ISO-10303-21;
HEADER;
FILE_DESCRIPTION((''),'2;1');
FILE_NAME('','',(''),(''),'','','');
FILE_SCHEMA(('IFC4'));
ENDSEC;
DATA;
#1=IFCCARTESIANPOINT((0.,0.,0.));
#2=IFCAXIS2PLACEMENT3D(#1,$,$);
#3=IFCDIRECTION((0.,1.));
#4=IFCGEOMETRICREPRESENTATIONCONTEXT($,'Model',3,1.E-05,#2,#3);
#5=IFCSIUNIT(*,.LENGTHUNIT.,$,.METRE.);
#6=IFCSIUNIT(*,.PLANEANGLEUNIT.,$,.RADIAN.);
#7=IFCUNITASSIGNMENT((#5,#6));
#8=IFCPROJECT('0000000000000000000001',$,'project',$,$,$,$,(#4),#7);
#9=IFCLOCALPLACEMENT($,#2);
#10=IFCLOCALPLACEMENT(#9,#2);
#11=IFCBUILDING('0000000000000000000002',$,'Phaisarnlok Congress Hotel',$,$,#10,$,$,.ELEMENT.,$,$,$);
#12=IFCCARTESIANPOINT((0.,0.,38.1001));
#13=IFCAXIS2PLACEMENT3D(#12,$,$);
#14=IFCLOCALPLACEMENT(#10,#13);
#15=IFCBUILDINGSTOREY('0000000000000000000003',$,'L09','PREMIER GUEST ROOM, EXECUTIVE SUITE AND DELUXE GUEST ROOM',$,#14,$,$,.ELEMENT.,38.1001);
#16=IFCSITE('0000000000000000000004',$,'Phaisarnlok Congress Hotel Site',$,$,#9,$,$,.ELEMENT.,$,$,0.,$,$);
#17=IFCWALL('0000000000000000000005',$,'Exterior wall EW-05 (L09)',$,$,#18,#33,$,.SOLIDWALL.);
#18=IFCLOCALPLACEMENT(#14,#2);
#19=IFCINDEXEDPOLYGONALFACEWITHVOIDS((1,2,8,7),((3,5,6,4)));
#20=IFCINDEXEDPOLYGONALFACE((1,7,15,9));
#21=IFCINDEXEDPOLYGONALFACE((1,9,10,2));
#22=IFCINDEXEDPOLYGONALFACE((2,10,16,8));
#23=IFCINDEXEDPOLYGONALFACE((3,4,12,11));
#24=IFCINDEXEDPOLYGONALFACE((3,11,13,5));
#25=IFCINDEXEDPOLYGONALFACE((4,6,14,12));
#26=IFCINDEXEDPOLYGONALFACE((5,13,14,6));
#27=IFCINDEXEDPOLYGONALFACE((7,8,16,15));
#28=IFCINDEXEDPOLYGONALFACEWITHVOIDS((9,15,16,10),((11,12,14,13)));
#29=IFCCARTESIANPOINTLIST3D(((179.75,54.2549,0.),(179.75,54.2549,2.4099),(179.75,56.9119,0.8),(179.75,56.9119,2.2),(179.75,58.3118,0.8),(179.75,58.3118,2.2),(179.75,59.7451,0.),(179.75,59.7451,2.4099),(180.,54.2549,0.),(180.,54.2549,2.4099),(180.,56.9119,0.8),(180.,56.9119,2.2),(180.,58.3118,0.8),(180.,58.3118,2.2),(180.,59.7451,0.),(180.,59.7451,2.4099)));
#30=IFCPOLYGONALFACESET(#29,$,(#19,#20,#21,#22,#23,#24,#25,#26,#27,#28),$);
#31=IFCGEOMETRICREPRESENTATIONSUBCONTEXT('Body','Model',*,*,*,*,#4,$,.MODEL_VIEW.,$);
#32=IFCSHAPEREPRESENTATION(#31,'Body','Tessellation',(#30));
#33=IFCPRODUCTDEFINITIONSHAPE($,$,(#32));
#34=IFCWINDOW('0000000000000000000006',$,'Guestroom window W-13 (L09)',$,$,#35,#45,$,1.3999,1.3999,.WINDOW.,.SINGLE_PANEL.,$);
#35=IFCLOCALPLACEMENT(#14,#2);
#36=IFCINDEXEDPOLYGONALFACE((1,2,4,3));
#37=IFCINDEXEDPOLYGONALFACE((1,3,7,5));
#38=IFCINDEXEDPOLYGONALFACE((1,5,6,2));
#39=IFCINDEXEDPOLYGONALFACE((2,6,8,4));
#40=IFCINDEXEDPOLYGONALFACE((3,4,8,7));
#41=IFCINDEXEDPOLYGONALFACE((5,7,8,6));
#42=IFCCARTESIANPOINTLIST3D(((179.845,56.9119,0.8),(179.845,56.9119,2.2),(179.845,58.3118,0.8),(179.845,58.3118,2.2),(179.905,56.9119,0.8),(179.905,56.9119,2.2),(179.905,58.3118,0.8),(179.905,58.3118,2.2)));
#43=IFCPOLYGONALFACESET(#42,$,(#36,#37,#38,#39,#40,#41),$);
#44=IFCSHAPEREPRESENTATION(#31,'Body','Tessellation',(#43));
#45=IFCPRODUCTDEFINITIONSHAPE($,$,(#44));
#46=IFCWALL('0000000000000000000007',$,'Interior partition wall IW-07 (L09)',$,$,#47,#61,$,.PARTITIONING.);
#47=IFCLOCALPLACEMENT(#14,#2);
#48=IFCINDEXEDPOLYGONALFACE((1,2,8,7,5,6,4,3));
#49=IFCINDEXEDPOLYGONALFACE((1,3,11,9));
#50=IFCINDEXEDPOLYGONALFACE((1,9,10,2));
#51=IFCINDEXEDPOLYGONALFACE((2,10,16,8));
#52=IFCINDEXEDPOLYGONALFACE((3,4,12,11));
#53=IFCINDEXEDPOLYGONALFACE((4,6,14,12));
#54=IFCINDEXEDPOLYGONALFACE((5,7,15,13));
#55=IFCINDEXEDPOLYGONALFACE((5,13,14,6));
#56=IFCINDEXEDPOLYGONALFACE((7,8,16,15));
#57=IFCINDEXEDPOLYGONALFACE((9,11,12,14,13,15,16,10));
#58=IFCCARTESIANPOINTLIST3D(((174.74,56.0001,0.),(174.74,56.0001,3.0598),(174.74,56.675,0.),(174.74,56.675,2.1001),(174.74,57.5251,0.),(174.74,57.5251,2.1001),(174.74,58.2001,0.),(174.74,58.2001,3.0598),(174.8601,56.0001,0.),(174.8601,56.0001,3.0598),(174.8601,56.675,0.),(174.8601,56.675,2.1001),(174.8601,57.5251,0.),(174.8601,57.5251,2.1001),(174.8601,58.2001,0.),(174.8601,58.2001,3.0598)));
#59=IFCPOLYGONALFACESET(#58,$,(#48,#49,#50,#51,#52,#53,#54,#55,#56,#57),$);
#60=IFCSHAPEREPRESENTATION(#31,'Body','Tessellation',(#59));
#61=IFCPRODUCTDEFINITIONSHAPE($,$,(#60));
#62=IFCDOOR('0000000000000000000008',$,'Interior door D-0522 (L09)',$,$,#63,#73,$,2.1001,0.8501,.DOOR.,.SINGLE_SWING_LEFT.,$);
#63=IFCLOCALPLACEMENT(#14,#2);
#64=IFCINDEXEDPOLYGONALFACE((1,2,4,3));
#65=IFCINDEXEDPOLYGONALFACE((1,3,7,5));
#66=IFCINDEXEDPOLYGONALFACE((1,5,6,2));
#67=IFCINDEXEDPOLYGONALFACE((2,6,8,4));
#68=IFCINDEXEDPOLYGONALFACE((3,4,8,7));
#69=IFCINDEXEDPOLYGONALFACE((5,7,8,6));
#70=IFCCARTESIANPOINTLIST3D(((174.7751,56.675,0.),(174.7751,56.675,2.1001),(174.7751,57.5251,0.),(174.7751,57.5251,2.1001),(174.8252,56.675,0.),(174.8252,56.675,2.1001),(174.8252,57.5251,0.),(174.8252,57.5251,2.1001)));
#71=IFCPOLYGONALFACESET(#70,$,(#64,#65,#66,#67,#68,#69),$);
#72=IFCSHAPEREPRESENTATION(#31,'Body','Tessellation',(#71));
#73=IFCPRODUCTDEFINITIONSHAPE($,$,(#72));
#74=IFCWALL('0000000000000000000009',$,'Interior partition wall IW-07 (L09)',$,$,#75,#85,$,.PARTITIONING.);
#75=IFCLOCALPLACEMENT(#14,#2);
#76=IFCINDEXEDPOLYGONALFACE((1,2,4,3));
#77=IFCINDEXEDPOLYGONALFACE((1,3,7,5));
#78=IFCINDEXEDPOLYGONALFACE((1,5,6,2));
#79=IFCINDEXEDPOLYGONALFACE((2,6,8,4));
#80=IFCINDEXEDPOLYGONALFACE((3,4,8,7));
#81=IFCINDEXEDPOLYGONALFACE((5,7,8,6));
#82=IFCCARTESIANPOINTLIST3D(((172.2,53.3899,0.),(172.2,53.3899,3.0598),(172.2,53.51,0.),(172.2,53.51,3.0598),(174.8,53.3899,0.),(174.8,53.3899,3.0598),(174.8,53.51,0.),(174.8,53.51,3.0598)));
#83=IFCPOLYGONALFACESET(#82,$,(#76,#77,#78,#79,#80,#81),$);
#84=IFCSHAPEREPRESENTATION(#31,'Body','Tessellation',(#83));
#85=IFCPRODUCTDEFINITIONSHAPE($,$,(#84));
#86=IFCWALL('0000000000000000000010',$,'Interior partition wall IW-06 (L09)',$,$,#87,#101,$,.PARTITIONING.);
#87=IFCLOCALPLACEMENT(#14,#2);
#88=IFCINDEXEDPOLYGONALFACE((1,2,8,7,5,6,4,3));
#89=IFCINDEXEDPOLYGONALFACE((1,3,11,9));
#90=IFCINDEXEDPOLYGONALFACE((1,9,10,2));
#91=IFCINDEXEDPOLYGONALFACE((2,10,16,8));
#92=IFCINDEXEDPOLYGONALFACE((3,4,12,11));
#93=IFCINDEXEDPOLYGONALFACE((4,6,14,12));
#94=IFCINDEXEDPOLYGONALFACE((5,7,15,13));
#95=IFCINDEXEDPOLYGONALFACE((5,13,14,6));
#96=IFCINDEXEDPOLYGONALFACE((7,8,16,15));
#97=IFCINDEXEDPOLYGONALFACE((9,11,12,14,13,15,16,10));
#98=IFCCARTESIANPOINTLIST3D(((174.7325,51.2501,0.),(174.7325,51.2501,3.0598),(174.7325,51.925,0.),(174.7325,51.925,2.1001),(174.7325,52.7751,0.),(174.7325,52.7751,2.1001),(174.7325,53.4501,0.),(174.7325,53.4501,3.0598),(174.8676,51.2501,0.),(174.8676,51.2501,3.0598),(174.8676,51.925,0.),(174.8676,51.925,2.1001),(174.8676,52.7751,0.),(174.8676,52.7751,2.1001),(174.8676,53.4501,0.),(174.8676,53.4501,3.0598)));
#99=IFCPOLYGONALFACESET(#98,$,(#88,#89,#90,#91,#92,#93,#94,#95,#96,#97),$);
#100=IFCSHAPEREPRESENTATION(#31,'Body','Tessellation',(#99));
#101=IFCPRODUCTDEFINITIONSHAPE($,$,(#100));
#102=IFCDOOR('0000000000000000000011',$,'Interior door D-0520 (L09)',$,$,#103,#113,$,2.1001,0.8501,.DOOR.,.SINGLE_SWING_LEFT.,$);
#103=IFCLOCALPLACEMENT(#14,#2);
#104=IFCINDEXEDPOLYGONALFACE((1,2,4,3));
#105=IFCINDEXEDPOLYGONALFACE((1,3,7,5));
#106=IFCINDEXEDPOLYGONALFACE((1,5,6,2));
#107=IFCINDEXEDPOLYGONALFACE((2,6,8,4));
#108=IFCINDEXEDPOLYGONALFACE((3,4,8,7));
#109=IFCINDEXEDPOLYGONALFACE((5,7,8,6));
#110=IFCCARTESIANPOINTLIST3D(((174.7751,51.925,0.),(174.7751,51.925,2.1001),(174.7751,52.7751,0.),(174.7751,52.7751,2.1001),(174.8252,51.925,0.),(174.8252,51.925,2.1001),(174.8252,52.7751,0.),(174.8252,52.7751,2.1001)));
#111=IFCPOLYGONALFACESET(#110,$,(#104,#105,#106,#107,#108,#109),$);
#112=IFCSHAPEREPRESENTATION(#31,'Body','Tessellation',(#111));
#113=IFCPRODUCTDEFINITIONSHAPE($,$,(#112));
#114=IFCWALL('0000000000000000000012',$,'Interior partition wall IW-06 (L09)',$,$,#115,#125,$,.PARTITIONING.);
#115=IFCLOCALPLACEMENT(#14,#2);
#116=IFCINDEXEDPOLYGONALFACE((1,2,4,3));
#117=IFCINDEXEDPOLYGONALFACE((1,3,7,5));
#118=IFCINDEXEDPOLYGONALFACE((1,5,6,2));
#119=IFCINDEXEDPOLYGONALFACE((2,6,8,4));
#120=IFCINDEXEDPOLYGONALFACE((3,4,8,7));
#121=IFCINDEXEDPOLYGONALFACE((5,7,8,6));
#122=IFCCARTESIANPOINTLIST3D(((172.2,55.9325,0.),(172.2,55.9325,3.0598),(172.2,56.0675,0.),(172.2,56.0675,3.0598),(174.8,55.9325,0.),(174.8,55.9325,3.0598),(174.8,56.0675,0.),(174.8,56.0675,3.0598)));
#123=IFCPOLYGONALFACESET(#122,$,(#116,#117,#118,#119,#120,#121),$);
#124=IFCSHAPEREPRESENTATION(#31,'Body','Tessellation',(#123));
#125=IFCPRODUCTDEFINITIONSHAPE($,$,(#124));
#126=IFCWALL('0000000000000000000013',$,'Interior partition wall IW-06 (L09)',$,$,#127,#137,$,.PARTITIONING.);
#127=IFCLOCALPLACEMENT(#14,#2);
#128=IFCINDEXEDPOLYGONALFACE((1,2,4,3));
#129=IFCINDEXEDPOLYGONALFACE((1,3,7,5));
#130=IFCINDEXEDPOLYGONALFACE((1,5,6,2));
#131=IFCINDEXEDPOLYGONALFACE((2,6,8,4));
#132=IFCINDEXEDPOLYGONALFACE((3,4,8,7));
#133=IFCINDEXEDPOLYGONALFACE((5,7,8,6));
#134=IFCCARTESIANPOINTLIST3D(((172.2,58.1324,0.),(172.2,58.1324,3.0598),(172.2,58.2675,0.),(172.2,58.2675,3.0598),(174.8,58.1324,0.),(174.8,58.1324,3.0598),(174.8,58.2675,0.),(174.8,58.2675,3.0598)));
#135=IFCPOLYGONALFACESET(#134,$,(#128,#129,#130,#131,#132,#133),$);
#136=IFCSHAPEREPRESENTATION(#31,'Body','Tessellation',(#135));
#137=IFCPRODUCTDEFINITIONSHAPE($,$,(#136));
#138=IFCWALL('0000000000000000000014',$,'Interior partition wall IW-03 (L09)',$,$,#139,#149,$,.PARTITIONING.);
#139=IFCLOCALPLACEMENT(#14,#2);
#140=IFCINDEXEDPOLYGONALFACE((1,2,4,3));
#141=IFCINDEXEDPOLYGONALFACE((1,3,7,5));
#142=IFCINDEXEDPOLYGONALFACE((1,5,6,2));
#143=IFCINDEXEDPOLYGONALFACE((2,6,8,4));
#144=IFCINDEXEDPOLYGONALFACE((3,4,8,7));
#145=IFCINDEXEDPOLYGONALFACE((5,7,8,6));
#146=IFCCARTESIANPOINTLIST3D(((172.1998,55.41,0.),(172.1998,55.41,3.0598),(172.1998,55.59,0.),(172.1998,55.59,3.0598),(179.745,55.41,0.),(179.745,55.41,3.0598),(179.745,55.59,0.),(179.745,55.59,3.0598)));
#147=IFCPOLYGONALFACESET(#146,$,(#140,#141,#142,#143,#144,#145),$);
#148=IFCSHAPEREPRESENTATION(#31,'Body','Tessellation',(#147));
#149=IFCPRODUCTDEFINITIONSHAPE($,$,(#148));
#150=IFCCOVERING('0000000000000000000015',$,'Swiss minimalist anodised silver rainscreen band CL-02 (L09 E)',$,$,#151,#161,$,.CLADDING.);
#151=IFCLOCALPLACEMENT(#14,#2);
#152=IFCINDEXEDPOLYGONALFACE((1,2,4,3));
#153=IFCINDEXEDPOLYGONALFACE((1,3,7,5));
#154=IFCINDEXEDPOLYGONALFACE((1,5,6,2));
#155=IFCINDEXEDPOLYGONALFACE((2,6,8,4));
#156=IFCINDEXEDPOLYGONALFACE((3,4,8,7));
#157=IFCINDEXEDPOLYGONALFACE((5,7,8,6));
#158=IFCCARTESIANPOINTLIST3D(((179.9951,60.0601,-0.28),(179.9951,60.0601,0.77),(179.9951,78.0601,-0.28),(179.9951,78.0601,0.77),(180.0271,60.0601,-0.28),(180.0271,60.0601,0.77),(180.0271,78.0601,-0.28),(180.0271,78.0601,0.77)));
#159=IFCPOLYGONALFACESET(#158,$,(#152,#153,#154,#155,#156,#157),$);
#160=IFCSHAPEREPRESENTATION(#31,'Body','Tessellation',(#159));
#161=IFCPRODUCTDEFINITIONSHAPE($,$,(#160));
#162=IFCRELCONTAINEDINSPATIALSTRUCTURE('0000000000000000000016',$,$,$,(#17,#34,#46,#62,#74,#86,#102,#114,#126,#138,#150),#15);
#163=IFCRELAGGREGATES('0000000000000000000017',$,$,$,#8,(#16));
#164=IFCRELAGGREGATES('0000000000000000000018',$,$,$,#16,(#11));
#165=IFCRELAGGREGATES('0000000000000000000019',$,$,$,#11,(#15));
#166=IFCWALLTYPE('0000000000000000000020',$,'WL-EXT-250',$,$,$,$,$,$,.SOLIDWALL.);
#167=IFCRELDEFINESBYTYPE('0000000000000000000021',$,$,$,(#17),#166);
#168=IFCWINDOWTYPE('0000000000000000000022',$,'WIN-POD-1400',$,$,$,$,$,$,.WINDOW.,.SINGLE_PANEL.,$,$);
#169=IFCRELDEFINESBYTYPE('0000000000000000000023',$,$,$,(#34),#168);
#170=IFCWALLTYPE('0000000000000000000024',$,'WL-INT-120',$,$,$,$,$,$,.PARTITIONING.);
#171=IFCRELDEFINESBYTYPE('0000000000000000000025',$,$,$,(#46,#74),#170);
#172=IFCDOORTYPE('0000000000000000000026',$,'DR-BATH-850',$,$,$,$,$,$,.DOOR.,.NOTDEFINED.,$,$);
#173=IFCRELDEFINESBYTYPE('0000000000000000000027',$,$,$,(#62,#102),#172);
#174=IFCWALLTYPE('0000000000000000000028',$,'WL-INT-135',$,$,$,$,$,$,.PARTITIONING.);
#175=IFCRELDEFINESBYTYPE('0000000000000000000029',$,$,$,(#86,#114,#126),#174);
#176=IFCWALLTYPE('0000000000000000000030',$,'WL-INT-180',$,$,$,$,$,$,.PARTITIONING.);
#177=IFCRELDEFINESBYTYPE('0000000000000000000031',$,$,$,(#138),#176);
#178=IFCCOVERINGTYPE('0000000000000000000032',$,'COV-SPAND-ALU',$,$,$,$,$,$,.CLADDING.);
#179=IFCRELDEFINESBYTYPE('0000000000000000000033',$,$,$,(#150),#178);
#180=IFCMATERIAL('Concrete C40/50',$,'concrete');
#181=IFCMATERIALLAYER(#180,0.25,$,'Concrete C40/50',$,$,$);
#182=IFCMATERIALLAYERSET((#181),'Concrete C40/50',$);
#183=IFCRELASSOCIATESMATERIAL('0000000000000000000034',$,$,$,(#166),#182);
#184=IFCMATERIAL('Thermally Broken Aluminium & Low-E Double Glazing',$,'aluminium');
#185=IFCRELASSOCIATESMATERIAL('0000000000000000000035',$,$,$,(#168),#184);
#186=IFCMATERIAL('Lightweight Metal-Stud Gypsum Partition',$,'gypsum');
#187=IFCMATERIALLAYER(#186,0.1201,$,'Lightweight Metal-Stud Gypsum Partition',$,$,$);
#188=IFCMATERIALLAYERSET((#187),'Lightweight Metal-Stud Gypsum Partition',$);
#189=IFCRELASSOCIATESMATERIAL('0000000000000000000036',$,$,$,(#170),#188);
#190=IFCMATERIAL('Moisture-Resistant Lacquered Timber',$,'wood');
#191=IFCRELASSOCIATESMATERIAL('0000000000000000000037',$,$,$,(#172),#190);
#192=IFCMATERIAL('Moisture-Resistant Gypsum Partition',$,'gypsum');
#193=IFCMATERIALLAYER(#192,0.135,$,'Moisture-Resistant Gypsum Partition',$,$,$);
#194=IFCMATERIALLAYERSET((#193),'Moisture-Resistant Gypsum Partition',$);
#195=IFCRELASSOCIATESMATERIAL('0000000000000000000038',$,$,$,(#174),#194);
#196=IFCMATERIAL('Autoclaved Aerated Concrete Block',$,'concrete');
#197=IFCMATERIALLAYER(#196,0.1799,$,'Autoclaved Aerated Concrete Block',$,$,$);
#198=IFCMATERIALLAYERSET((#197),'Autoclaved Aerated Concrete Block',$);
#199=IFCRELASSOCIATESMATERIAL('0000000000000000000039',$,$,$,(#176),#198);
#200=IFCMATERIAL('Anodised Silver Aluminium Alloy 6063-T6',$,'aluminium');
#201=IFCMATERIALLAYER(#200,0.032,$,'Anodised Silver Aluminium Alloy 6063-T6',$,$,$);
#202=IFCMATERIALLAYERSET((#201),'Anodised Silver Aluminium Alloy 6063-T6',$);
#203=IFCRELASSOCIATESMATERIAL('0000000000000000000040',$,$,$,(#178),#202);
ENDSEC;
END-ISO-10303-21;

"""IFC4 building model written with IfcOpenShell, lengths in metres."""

from ifc_helpers import new_model, si_unit, direction, frame, frame_2d, origin, place, context, subcontext, project, spatial, polyline, rectangle, outline, extrude, material, layer, layer_set, type_object, element, fill, save


model = new_model("IFC4")

# Units and contexts
model_context = context("Model", 3, precision=1e-05, world=origin(), true_north=direction((0.0, 1.0)))
body_context = subcontext(model_context, "Body", "Model", "MODEL_VIEW")
ifc_project = project(units=[si_unit("LENGTHUNIT", "METRE"), si_unit("PLANEANGLEUNIT", "RADIAN")], contexts=[model_context])

# Site, building, storey
site_placement = place(None, origin())
site = spatial("IfcSite", under=ifc_project, at=site_placement, Name="Phaisarnlok Congress Hotel Site", CompositionType="ELEMENT", RefElevation=0.0)
building_placement = place(site_placement, origin())
building = spatial("IfcBuilding", under=site, at=building_placement, Name="Phaisarnlok Congress Hotel", CompositionType="ELEMENT")
storey_placement = place(building_placement, frame((0.0, 0.0, 38.1001)))
storey = spatial("IfcBuildingStorey", under=building, at=storey_placement, Name="L09", Description="PREMIER GUEST ROOM, EXECUTIVE SUITE AND DELUXE GUEST ROOM", CompositionType="ELEMENT", Elevation=38.1001)

# Shared definitions
ifc_material_1 = material(Name="Concrete C40/50", Category="concrete")

# Wall, opening, window
ifc_layer_1 = layer(ifc_material_1, 0.25, Name="Concrete C40/50")
ifc_layer_set_1 = layer_set([ifc_layer_1], Name="Concrete C40/50")
wall_type_1 = type_object("IfcWallType", Name="WL-EXT-250", PredefinedType="SOLIDWALL", material=ifc_layer_set_1)
wall_1_placement = place(storey_placement, frame((179.875, 54.2549, 0.0), z_axis=(0.0, 0.0, 1.0), x_axis=(0.0, 1.0, 0.0)))
wall_1 = element("IfcWall", 1, at=wall_1_placement, inside=storey, type_object=wall_type_1, Name="Exterior wall EW-05 (L09)", PredefinedType="SOLIDWALL", context=body_context, shape_type="SweptSolid", body=[
    extrude(rectangle(XDim=5.4902, YDim=0.25, at=frame_2d((2.7451, 0.0))), origin(), (0.0, 0.0, 1.0), 2.4099),
])
opening_1_placement = place(wall_1_placement, frame((2.657, 0.0, 0.8)))
opening_1 = element("IfcOpeningElement", 2, at=opening_1_placement, cuts=wall_1, PredefinedType="OPENING", context=body_context, shape_type="SweptSolid", body=[
    extrude(rectangle(XDim=1.3999, YDim=1.3999, at=frame_2d((0.7, 0.7))), frame((0.0, 0.135, 0.0), z_axis=(0.0, -1.0, 0.0), x_axis=(1.0, 0.0, 0.0)), (0.0, 0.0, 1.0), 0.27),
])
ifc_material_2 = material(Name="Thermally Broken Aluminium & Low-E Double Glazing", Category="aluminium")
window_type = type_object("IfcWindowType", Name="WIN-POD-1400", PartitioningType="SINGLE_PANEL", PredefinedType="WINDOW", material=ifc_material_2)
window_placement = place(opening_1_placement, origin())
window = element("IfcWindow", 3, at=window_placement, inside=storey, type_object=window_type, Name="Guestroom window W-13 (L09)", OverallHeight=1.3999, OverallWidth=1.3999, PartitioningType="SINGLE_PANEL", PredefinedType="WINDOW", context=body_context, shape_type="SweptSolid", body=[
    extrude(rectangle(XDim=1.3999, YDim=1.3999, at=frame_2d((0.7, 0.7))), frame((0.0, 0.03, 0.0), z_axis=(0.0, -1.0, 0.0), x_axis=(1.0, 0.0, 0.0)), (0.0, 0.0, 1.0), 0.0601),
])
fill(opening_1, window)

# Wall, opening, door
ifc_material_3 = material(Name="Lightweight Metal-Stud Gypsum Partition", Category="gypsum")
ifc_layer_2 = layer(ifc_material_3, 0.1201, Name="Lightweight Metal-Stud Gypsum Partition")
ifc_layer_set_2 = layer_set([ifc_layer_2], Name="Lightweight Metal-Stud Gypsum Partition")
wall_type_2 = type_object("IfcWallType", Name="WL-INT-120", PredefinedType="PARTITIONING", material=ifc_layer_set_2)
wall_2_placement = place(storey_placement, frame((174.8, 56.0, 0.0), z_axis=(0.0, 0.0, 1.0), x_axis=(0.0, 1.0, 0.0)))
wall_2 = element("IfcWall", 4, at=wall_2_placement, inside=storey, type_object=wall_type_2, Name="Interior partition wall IW-07 (L09)", PredefinedType="PARTITIONING", context=body_context, shape_type="SweptSolid", body=[
    extrude(rectangle(XDim=2.2, YDim=0.1201, at=frame_2d((1.1001, 0.0))), origin(), (0.0, 0.0, 1.0), 3.0598),
])
opening_2_placement = place(wall_2_placement, frame((0.675, 0.0, 0.0)))
opening_2 = element("IfcOpeningElement", 5, at=opening_2_placement, cuts=wall_2, PredefinedType="OPENING", context=body_context, shape_type="SweptSolid", body=[
    extrude(rectangle(XDim=0.8501, YDim=2.1001, at=frame_2d((0.425, 1.05))), frame((0.0, 0.0701, 0.0), z_axis=(0.0, -1.0, 0.0), x_axis=(1.0, 0.0, 0.0)), (0.0, 0.0, 1.0), 0.1401),
])
ifc_material_4 = material(Name="Moisture-Resistant Lacquered Timber", Category="wood")
door_type = type_object("IfcDoorType", Name="DR-BATH-850", OperationType="NOTDEFINED", PredefinedType="DOOR", material=ifc_material_4)
door_1_placement = place(opening_2_placement, origin())
door_1 = element("IfcDoor", 6, at=door_1_placement, inside=storey, type_object=door_type, Name="Interior door D-0522 (L09)", OperationType="SINGLE_SWING_LEFT", OverallHeight=2.1001, OverallWidth=0.8501, PredefinedType="DOOR", context=body_context, shape_type="SweptSolid", body=[
    extrude(rectangle(XDim=0.8501, YDim=2.1001, at=frame_2d((0.425, 1.05))), frame((0.0, 0.0249, 0.0), z_axis=(0.0, -1.0, 0.0), x_axis=(1.0, 0.0, 0.0)), (0.0, 0.0, 1.0), 0.05),
])
fill(opening_2, door_1)

# Wall
wall_3_placement = place(storey_placement, frame((172.2, 53.45, 0.0), z_axis=(0.0, 0.0, 1.0), x_axis=(1.0, 0.0, 0.0)))
element("IfcWall", 7, at=wall_3_placement, inside=storey, type_object=wall_type_2, Name="Interior partition wall IW-07 (L09)", PredefinedType="PARTITIONING", context=body_context, shape_type="SweptSolid", body=[
    extrude(rectangle(XDim=2.6001, YDim=0.1201, at=frame_2d((1.3, 0.0))), origin(), (0.0, 0.0, 1.0), 3.0598),
])

# Wall, opening, door
ifc_material_5 = material(Name="Moisture-Resistant Gypsum Partition", Category="gypsum")
ifc_layer_3 = layer(ifc_material_5, 0.135, Name="Moisture-Resistant Gypsum Partition")
ifc_layer_set_3 = layer_set([ifc_layer_3], Name="Moisture-Resistant Gypsum Partition")
wall_type_3 = type_object("IfcWallType", Name="WL-INT-135", PredefinedType="PARTITIONING", material=ifc_layer_set_3)
wall_4_placement = place(storey_placement, frame((174.8, 51.25, 0.0), z_axis=(0.0, 0.0, 1.0), x_axis=(0.0, 1.0, 0.0)))
wall_4 = element("IfcWall", 8, at=wall_4_placement, inside=storey, type_object=wall_type_3, Name="Interior partition wall IW-06 (L09)", PredefinedType="PARTITIONING", context=body_context, shape_type="SweptSolid", body=[
    extrude(rectangle(XDim=2.2, YDim=0.135, at=frame_2d((1.1001, 0.0))), origin(), (0.0, 0.0, 1.0), 3.0598),
])
opening_3_placement = place(wall_4_placement, frame((0.675, 0.0, 0.0)))
opening_3 = element("IfcOpeningElement", 9, at=opening_3_placement, cuts=wall_4, PredefinedType="OPENING", context=body_context, shape_type="SweptSolid", body=[
    extrude(rectangle(XDim=0.8501, YDim=2.1001, at=frame_2d((0.425, 1.05))), frame((0.0, 0.0776, 0.0), z_axis=(0.0, -1.0, 0.0), x_axis=(1.0, 0.0, 0.0)), (0.0, 0.0, 1.0), 0.155),
])
door_2_placement = place(opening_3_placement, origin())
door_2 = element("IfcDoor", 10, at=door_2_placement, inside=storey, type_object=door_type, Name="Interior door D-0520 (L09)", OperationType="SINGLE_SWING_LEFT", OverallHeight=2.1001, OverallWidth=0.8501, PredefinedType="DOOR", context=body_context, shape_type="SweptSolid", body=[
    extrude(rectangle(XDim=0.8501, YDim=2.1001, at=frame_2d((0.425, 1.05))), frame((0.0, 0.0249, 0.0), z_axis=(0.0, -1.0, 0.0), x_axis=(1.0, 0.0, 0.0)), (0.0, 0.0, 1.0), 0.05),
])
fill(opening_3, door_2)

# Walls
for number, where, z_axis, x_axis, name in (
    (11, (172.2, 56.0, 0.0), (0.0, 0.0, 1.0), (1.0, 0.0, 0.0), "Interior partition wall IW-06 (L09)"),
    (12, (172.2, 58.2, 0.0), (0.0, 0.0, 1.0), (1.0, 0.0, 0.0), "Interior partition wall IW-06 (L09)"),
):
    element("IfcWall", number, at=place(storey_placement, frame(where, z_axis=z_axis, x_axis=x_axis)), inside=storey, type_object=wall_type_3, Name=name, PredefinedType="PARTITIONING", context=body_context, shape_type="SweptSolid", body=[
        extrude(rectangle(XDim=2.6001, YDim=0.135, at=frame_2d((1.3, 0.0))), origin(), (0.0, 0.0, 1.0), 3.0598),
    ])
ifc_material_6 = material(Name="Autoclaved Aerated Concrete Block", Category="concrete")
ifc_layer_4 = layer(ifc_material_6, 0.1799, Name="Autoclaved Aerated Concrete Block")
ifc_layer_set_4 = layer_set([ifc_layer_4], Name="Autoclaved Aerated Concrete Block")
wall_type_4 = type_object("IfcWallType", Name="WL-INT-180", PredefinedType="PARTITIONING", material=ifc_layer_set_4)
wall_5_placement = place(storey_placement, frame((172.2, 55.5, 0.0), z_axis=(0.0, 0.0, 1.0), x_axis=(1.0, 0.0, 0.0)))
element("IfcWall", 13, at=wall_5_placement, inside=storey, type_object=wall_type_4, Name="Interior partition wall IW-03 (L09)", PredefinedType="PARTITIONING", context=body_context, shape_type="SweptSolid", body=[
    extrude(rectangle(XDim=7.5452, YDim=0.1799, at=frame_2d((3.7725, 0.0))), origin(), (0.0, 0.0, 1.0), 3.0598),
])

# Covering
ifc_material_7 = material(Name="Anodised Silver Aluminium Alloy 6063-T6", Category="aluminium")
ifc_layer_5 = layer(ifc_material_7, 0.032, Name="Anodised Silver Aluminium Alloy 6063-T6")
ifc_layer_set_5 = layer_set([ifc_layer_5], Name="Anodised Silver Aluminium Alloy 6063-T6")
covering_type = type_object("IfcCoveringType", Name="COV-SPAND-ALU", PredefinedType="CLADDING", material=ifc_layer_set_5)
covering_placement = place(storey_placement, frame((179.9951, 60.0601, -0.28), z_axis=(1.0, 0.0, 0.0), x_axis=(0.0, 1.0, 0.0)))
element("IfcCovering", 14, at=covering_placement, inside=storey, type_object=covering_type, Name="Swiss minimalist anodised silver rainscreen band CL-02 (L09 E)", PredefinedType="CLADDING", context=body_context, shape_type="SweptSolid", body=[
    extrude(outline(polyline([(0.0, 0.0), (18.0, 0.0), (18.0, 1.05), (0.0, 1.05), (0.0, 0.0)])), origin(), (0.0, 0.0, 1.0), 0.032),
])

save(model, "model.ifc")
